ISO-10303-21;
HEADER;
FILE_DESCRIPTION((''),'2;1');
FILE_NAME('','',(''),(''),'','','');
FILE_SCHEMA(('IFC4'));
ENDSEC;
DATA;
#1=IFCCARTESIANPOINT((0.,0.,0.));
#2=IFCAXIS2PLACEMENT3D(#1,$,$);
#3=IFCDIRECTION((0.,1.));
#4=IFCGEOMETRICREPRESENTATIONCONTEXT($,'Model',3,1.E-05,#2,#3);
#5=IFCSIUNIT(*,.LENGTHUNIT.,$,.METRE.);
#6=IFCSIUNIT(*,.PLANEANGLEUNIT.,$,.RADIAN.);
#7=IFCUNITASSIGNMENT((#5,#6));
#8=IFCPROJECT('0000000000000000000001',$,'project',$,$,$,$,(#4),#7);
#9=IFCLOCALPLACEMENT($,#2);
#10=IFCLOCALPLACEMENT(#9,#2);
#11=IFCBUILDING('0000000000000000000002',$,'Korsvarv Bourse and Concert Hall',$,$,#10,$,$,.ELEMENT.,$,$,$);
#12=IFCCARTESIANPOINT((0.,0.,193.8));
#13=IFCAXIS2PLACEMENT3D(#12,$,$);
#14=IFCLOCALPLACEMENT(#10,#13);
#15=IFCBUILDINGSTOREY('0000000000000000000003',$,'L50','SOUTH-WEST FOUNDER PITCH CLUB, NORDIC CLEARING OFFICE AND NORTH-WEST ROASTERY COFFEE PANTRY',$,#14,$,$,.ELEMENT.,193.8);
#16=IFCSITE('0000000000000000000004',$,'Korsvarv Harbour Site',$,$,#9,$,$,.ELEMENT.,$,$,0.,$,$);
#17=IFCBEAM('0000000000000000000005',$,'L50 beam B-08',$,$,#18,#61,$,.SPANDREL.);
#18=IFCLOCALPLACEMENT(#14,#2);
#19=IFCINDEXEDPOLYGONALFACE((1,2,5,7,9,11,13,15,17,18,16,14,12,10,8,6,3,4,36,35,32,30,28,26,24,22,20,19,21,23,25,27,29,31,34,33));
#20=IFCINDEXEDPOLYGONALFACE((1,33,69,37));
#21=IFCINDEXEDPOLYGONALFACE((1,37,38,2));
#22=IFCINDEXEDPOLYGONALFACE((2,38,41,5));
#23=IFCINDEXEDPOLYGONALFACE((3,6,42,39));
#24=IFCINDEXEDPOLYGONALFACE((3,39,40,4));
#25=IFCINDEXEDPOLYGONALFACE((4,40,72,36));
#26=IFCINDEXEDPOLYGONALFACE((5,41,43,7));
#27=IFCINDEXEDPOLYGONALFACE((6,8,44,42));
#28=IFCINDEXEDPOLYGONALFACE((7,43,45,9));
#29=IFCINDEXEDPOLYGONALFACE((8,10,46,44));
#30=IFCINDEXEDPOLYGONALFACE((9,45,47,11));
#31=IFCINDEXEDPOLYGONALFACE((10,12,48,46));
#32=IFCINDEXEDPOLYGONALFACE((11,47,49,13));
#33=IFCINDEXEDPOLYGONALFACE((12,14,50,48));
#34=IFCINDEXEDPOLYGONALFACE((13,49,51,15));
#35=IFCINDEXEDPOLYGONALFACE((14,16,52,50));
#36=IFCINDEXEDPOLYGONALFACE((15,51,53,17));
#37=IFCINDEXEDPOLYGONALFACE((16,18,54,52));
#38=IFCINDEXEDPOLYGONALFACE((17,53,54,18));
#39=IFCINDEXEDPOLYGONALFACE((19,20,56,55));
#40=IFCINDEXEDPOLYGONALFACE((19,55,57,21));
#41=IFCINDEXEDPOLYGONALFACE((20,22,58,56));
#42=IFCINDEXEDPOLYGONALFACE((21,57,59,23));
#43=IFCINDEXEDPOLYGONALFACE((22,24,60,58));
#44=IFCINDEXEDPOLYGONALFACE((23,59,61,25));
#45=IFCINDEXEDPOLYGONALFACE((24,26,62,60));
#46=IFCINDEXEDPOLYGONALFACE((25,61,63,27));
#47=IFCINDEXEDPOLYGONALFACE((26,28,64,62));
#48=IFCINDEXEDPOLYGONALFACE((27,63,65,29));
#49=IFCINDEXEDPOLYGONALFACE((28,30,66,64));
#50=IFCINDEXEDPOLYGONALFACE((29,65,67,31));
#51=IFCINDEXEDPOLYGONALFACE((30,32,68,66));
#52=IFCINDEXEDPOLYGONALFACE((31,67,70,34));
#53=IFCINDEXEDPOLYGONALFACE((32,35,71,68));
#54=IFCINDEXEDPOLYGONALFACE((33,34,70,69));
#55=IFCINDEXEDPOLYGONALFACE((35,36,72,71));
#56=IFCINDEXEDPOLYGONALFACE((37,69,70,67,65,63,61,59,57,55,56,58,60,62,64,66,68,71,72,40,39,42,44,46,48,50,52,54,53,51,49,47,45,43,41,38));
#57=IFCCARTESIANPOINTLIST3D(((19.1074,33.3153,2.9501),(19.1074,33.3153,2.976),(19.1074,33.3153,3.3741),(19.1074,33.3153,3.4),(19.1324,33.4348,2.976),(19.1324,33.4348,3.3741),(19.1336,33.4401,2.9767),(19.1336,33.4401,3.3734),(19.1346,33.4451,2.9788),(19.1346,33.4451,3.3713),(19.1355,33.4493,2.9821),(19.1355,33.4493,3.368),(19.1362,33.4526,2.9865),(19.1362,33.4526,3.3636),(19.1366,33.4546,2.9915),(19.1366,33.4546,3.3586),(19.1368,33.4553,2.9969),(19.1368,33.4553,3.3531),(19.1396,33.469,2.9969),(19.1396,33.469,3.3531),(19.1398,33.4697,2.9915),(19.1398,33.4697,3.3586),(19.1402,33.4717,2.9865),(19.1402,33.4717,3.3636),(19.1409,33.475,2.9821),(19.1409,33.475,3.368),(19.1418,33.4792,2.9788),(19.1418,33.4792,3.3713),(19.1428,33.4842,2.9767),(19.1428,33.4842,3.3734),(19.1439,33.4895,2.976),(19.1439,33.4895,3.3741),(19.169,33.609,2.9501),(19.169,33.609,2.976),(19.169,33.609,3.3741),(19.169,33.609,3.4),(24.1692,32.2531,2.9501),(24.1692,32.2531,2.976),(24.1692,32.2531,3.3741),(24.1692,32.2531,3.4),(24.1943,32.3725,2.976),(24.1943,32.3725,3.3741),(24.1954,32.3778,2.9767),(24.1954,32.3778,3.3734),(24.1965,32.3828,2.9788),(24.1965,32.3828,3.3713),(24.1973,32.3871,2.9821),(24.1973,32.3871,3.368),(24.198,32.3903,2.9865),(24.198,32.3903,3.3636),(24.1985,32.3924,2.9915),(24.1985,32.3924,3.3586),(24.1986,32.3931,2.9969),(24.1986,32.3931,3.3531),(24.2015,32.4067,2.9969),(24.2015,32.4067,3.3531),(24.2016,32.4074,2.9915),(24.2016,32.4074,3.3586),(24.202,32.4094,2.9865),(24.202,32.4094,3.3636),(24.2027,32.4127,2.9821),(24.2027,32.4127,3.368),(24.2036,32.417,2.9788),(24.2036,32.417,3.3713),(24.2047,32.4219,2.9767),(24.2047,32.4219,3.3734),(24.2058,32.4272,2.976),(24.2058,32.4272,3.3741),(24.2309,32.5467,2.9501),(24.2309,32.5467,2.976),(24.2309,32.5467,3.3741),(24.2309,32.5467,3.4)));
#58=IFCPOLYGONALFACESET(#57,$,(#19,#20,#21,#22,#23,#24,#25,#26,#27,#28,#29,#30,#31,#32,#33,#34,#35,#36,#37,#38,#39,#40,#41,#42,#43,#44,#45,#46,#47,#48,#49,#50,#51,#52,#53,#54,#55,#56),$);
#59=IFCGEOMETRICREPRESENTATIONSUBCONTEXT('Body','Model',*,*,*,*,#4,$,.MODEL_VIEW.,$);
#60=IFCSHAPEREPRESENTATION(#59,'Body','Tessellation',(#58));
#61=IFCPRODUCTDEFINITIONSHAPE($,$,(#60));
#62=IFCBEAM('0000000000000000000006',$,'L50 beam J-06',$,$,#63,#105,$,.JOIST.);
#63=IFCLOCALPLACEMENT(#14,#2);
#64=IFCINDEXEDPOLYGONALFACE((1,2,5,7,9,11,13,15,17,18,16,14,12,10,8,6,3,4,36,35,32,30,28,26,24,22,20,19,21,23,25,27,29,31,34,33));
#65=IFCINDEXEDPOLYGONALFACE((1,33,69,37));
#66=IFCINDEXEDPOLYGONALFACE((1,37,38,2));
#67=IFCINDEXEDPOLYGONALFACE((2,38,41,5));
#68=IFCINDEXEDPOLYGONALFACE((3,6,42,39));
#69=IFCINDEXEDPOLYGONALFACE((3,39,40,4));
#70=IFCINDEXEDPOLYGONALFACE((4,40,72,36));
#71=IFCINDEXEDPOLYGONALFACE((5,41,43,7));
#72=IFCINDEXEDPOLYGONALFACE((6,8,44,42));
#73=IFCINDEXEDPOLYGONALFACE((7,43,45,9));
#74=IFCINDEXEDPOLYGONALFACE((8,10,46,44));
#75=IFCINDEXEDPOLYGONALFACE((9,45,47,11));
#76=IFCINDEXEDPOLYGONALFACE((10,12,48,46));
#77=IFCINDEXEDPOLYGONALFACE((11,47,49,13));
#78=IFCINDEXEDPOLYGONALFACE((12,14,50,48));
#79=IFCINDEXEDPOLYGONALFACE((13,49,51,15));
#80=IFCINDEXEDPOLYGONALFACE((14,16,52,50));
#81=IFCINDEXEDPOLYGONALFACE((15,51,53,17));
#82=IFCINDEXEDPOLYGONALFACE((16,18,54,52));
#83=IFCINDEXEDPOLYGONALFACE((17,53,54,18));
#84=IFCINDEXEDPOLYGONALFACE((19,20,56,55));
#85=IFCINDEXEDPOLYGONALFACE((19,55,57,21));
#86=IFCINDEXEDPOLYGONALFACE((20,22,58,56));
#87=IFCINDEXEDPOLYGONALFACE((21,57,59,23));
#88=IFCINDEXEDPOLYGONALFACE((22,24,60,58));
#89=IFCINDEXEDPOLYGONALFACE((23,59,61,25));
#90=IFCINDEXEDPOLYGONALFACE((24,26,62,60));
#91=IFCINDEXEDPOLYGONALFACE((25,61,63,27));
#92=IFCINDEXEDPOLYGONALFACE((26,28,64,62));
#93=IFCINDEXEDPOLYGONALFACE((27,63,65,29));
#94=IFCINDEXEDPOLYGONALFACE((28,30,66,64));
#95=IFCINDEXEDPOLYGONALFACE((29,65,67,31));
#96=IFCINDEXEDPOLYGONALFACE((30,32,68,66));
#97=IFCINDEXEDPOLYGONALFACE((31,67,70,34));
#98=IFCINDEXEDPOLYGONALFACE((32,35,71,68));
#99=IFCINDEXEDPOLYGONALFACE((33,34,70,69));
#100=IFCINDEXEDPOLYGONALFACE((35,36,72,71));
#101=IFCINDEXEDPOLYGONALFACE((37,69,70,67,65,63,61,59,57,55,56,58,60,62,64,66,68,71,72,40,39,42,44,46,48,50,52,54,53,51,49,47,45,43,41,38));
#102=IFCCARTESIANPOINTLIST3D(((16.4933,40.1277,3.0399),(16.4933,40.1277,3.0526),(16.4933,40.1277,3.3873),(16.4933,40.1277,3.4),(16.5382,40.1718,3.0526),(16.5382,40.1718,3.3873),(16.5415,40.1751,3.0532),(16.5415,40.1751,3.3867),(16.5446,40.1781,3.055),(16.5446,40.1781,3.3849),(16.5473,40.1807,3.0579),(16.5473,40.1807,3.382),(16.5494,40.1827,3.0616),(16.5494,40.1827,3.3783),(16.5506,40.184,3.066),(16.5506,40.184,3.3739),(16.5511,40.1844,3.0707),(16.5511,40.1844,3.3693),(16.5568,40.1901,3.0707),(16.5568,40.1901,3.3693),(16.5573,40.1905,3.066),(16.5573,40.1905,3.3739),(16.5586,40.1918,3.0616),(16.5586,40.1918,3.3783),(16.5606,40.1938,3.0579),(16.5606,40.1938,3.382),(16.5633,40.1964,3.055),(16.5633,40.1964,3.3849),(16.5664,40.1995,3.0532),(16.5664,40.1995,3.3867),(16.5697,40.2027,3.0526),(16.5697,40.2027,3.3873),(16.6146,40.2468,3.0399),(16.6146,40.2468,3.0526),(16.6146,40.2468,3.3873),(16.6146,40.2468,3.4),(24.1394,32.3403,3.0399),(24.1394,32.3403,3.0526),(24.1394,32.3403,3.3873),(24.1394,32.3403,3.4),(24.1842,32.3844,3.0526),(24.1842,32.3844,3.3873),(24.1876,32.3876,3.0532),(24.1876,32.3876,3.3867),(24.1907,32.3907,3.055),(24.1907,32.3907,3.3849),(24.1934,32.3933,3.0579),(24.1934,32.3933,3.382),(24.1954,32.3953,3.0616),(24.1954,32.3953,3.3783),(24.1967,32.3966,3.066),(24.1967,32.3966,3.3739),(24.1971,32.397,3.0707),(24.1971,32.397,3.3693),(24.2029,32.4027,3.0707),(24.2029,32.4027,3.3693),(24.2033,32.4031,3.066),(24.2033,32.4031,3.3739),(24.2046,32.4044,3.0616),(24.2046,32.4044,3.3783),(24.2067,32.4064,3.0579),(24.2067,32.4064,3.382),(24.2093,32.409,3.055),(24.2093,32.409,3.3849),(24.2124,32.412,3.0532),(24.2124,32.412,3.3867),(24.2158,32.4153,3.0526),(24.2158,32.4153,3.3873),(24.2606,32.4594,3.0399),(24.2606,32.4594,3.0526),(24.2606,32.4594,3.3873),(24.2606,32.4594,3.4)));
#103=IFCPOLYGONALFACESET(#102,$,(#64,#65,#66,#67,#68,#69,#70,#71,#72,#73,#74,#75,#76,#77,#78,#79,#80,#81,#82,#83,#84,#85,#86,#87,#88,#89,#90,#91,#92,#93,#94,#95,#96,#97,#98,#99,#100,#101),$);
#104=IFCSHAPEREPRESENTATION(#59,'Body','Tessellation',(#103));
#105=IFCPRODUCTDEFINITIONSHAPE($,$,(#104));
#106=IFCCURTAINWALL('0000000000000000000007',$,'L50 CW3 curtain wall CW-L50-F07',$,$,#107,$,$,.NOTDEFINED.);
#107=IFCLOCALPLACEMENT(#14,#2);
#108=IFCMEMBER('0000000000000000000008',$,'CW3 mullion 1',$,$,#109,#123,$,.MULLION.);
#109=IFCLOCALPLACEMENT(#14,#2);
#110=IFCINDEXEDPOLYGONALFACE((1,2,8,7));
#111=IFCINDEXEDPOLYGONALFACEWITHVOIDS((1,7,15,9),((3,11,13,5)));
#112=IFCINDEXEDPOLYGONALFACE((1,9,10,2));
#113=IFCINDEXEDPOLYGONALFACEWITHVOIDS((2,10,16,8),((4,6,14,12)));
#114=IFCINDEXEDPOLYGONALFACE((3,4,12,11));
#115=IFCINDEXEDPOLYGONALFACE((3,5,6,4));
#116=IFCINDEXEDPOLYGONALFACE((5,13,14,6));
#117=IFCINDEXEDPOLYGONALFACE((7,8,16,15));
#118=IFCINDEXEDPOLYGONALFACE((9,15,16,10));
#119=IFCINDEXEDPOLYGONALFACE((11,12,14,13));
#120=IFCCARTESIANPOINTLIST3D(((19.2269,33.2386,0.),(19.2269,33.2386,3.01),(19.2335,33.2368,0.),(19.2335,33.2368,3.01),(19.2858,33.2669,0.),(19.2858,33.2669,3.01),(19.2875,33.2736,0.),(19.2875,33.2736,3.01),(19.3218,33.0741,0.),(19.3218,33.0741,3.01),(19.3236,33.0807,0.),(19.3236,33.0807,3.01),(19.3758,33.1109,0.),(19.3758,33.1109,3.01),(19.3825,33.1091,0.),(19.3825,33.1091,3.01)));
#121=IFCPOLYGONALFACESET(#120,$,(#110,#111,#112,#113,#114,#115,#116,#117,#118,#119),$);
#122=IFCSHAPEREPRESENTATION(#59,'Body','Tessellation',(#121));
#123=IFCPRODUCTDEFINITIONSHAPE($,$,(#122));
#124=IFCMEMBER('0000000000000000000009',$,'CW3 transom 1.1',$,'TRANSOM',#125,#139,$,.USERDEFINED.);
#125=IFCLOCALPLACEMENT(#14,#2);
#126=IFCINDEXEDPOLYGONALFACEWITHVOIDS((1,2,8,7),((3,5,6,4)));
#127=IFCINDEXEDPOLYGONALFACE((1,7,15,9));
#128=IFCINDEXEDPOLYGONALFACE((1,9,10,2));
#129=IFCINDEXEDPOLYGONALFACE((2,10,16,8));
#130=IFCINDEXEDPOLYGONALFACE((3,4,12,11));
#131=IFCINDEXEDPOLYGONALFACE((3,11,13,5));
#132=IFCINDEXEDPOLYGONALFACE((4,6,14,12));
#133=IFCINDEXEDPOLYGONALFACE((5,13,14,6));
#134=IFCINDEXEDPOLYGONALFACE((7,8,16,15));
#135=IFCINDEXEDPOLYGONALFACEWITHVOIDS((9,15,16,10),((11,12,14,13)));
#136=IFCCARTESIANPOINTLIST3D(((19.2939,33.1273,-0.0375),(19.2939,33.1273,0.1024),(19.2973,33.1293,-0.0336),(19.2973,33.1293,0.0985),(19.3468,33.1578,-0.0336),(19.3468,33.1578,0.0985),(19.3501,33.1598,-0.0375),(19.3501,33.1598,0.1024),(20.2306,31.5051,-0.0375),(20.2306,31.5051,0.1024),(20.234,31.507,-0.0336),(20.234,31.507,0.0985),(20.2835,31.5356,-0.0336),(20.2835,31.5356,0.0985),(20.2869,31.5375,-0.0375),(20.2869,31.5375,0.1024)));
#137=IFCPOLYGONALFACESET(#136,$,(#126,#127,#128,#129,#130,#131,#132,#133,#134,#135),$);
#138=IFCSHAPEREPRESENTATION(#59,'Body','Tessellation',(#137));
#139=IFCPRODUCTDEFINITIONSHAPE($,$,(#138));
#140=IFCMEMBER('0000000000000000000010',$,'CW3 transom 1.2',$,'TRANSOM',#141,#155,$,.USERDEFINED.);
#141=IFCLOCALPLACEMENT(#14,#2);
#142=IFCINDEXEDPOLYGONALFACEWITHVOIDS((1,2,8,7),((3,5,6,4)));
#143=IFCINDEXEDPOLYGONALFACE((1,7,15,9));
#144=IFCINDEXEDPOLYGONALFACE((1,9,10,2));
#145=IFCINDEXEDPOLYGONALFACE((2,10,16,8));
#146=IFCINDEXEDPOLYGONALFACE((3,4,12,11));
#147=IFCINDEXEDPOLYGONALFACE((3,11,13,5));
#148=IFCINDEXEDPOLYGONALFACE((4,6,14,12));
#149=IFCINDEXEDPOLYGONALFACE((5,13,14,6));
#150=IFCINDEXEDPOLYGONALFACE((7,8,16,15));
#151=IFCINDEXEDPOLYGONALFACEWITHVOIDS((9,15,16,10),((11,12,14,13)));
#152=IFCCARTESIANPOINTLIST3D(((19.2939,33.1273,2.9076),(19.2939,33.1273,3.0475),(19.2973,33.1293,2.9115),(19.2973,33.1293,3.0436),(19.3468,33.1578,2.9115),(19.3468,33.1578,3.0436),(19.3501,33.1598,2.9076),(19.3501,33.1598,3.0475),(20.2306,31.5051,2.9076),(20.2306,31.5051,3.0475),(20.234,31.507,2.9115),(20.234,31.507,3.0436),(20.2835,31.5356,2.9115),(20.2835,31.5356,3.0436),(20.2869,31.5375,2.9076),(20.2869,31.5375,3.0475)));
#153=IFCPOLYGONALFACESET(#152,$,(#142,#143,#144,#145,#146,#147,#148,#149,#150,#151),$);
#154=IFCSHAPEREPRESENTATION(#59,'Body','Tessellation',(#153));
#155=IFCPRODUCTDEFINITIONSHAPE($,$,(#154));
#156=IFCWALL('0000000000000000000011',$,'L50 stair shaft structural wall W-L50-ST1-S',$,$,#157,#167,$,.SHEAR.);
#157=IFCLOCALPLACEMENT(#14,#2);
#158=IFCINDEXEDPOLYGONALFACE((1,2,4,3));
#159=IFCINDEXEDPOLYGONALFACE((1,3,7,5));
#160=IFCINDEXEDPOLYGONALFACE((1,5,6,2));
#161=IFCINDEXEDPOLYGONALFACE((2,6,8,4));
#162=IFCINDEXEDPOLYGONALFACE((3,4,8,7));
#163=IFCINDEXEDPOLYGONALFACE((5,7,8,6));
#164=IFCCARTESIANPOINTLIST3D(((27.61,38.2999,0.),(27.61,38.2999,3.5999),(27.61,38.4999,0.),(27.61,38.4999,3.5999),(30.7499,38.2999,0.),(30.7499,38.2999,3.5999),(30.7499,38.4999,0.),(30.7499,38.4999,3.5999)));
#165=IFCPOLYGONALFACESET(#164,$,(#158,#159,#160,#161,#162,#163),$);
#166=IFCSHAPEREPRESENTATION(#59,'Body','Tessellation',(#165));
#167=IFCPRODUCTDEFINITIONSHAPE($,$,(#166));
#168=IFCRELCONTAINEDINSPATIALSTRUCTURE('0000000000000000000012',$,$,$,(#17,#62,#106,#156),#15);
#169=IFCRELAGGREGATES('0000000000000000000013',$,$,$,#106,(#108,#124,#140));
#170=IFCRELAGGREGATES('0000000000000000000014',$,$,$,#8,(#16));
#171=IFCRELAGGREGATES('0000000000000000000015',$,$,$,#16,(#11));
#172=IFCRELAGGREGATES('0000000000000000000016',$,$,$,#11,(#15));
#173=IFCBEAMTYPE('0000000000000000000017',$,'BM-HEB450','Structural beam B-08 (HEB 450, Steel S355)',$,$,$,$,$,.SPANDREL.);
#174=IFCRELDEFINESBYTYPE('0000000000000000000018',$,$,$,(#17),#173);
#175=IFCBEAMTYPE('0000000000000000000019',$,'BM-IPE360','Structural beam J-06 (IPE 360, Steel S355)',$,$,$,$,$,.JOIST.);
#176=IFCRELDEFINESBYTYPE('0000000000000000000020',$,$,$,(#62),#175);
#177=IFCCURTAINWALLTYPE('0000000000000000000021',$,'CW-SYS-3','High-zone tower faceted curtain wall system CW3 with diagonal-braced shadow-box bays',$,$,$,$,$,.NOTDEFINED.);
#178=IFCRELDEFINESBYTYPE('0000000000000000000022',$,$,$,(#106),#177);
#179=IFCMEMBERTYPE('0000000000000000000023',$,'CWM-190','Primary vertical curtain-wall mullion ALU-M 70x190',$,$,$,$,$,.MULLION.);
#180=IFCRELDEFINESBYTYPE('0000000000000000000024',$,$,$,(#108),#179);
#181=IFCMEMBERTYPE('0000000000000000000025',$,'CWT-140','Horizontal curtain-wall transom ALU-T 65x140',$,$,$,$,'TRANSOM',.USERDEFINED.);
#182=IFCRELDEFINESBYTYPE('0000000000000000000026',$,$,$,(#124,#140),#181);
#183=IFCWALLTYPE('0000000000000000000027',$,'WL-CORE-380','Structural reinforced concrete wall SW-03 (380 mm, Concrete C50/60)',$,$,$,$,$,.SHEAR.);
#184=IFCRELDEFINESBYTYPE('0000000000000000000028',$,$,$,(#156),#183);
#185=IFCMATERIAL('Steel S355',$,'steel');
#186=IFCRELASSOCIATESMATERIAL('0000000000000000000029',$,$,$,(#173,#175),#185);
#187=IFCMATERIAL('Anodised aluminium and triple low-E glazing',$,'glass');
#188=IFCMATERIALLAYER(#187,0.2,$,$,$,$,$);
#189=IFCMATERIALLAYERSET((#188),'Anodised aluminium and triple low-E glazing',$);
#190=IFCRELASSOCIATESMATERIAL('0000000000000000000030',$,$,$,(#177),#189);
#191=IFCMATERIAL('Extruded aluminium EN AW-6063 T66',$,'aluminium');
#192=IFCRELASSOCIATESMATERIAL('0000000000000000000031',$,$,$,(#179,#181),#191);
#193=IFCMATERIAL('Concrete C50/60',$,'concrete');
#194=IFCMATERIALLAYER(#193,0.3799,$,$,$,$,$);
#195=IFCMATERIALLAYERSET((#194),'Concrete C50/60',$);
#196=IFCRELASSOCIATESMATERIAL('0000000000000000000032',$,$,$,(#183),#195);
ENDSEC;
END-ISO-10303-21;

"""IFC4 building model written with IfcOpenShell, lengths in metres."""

from ifc_helpers import new_model, si_unit, direction, frame, frame_2d, origin, origin_2d, place, context, subcontext, project, spatial, rectangle, hollow_rectangle, i_section, extrude, source, transform, mapped, material, layer, layer_set, material_profile, profile_set, type_object, element, aggregate, save


model = new_model("IFC4")

# Units and contexts
model_context = context("Model", 3, precision=1e-05, world=origin(), true_north=direction((0.0, 1.0)))
body_context = subcontext(model_context, "Body", "Model", "MODEL_VIEW")
ifc_project = project(units=[si_unit("LENGTHUNIT", "METRE"), si_unit("PLANEANGLEUNIT", "RADIAN")], contexts=[model_context])

# Site, building, storey
site_placement = place(None, origin())
site = spatial("IfcSite", under=ifc_project, at=site_placement, Name="Korsvarv Harbour Site", CompositionType="ELEMENT", RefElevation=0.0)
building_placement = place(site_placement, origin())
building = spatial("IfcBuilding", under=site, at=building_placement, Name="Korsvarv Bourse and Concert Hall", CompositionType="ELEMENT")
storey_placement = place(building_placement, frame((0.0, 0.0, 193.8)))
storey = spatial("IfcBuildingStorey", under=building, at=storey_placement, Name="L50", Description="SOUTH-WEST FOUNDER PITCH CLUB, NORDIC CLEARING OFFICE AND NORTH-WEST ROASTERY COFFEE PANTRY", CompositionType="ELEMENT", Elevation=193.8)

# Shared definitions
ifc_material_1 = material(Name="Steel S355", Category="steel")

# Beams
ifc_material_profile_1 = material_profile(ifc_material_1, i_section(OverallWidth=0.3, OverallDepth=0.45, WebThickness=0.0139, FlangeThickness=0.0259, FilletRadius=0.021, at=origin_2d()), Name="HEB 450")
ifc_profile_set_1 = profile_set([ifc_material_profile_1], Name="Steel S355")
beam_type_1 = type_object("IfcBeamType", Name="BM-HEB450", Description="Structural beam B-08 (HEB 450, Steel S355)", PredefinedType="SPANDREL", material=ifc_profile_set_1)
shared_shape_1 = source(origin(), body_context, "Body", "SweptSolid", [
    extrude(i_section(OverallWidth=0.3, OverallDepth=0.45, WebThickness=0.0139, FlangeThickness=0.0259, FilletRadius=0.021, at=origin_2d()), origin(), (0.0, 0.0, 1.0), 5.1721),
])
beam_1_placement = place(storey_placement, frame((19.1382, 33.4622, 3.175), z_axis=(0.978681, -0.205385, 0.0), x_axis=(0.205385, 0.978681, 0.0)))
element("IfcBeam", 1, at=beam_1_placement, inside=storey, type_object=beam_type_1, Name="L50 beam B-08", PredefinedType="SPANDREL", context=body_context, shape_type="MappedRepresentation", body=[
    mapped(shared_shape_1, transform((0.0, 0.0, 0.0), scale=1.0)),
])
ifc_material_profile_2 = material_profile(ifc_material_1, i_section(OverallWidth=0.1699, OverallDepth=0.3601, WebThickness=0.0081, FlangeThickness=0.0127, FilletRadius=0.0181, at=origin_2d()), Name="IPE 360")
ifc_profile_set_2 = profile_set([ifc_material_profile_2], Name="Steel S355")
beam_type_2 = type_object("IfcBeamType", Name="BM-IPE360", Description="Structural beam J-06 (IPE 360, Steel S355)", PredefinedType="JOIST", material=ifc_profile_set_2)
shared_shape_2 = source(origin(), body_context, "Body", "SweptSolid", [
    extrude(i_section(OverallWidth=0.1699, OverallDepth=0.3601, WebThickness=0.0081, FlangeThickness=0.0127, FilletRadius=0.0181, at=origin_2d()), origin(), (0.0, 0.0, 1.0), 10.9136),
])
beam_2_placement = place(storey_placement, frame((16.554, 40.1873, 3.22), z_axis=(0.700601, -0.713553, 0.0), x_axis=(0.713553, 0.700601, 0.0)))
element("IfcBeam", 2, at=beam_2_placement, inside=storey, type_object=beam_type_2, Name="L50 beam J-06", PredefinedType="JOIST", context=body_context, shape_type="MappedRepresentation", body=[
    mapped(shared_shape_2, transform((0.0, 0.0, 0.0), scale=1.0)),
])

# Curtain wall, members
ifc_material_2 = material(Name="Anodised aluminium and triple low-E glazing", Category="glass")
ifc_layer_1 = layer(ifc_material_2, 0.2)
ifc_layer_set_1 = layer_set([ifc_layer_1], Name="Anodised aluminium and triple low-E glazing")
curtain_wall_type = type_object("IfcCurtainWallType", Name="CW-SYS-3", Description="High-zone tower faceted curtain wall system CW3 with diagonal-braced shadow-box bays", PredefinedType="NOTDEFINED", material=ifc_layer_set_1)
curtain_wall_placement = place(storey_placement, origin())
curtain_wall = element("IfcCurtainWall", 3, at=curtain_wall_placement, inside=storey, type_object=curtain_wall_type, Name="L50 CW3 curtain wall CW-L50-F07", PredefinedType="NOTDEFINED")
ifc_material_3 = material(Name="Extruded aluminium EN AW-6063 T66", Category="aluminium")
ifc_material_profile_3 = material_profile(ifc_material_3, hollow_rectangle(XDim=0.0701, YDim=0.1899, WallThickness=0.0049, at=origin_2d()), Name="ALU-M 70x190")
ifc_profile_set_3 = profile_set([ifc_material_profile_3], Name="Extruded aluminium EN AW-6063 T66")
member_type_1 = type_object("IfcMemberType", Name="CWM-190", Description="Primary vertical curtain-wall mullion ALU-M 70x190", PredefinedType="MULLION", material=ifc_profile_set_3)
shared_shape_3 = source(origin(), body_context, "Body", "SweptSolid", [
    extrude(hollow_rectangle(XDim=0.0701, YDim=0.1899, WallThickness=0.0049, at=origin_2d()), origin(), (0.0, 0.0, 1.0), 3.01),
])
member_1_placement = place(storey_placement, frame((19.3047, 33.1738, 0.0), z_axis=(0.0, 0.0, 1.0), x_axis=(0.86603, 0.499993, 0.0)))
member_1 = element("IfcMember", 4, at=member_1_placement, type_object=member_type_1, Name="CW3 mullion 1", PredefinedType="MULLION", context=body_context, shape_type="MappedRepresentation", body=[
    mapped(shared_shape_3, transform((0.0, 0.0, 0.0), scale=1.0)),
])
ifc_material_profile_4 = material_profile(ifc_material_3, hollow_rectangle(XDim=0.0649, YDim=0.1399, WallThickness=0.0039, at=origin_2d()), Name="ALU-T 65x140")
ifc_profile_set_4 = profile_set([ifc_material_profile_4], Name="Extruded aluminium EN AW-6063 T66")
member_type_2 = type_object("IfcMemberType", Name="CWT-140", Description="Horizontal curtain-wall transom ALU-T 65x140", ElementType="TRANSOM", PredefinedType="USERDEFINED", material=ifc_profile_set_4)
shared_shape_4 = source(origin(), body_context, "Body", "SweptSolid", [
    extrude(hollow_rectangle(XDim=0.0649, YDim=0.1399, WallThickness=0.0039, at=origin_2d()), origin(), (0.0, 0.0, 1.0), 1.8733),
])
member_2_placement = place(storey_placement, frame((19.322, 33.1436, 0.0325), z_axis=(0.50005, -0.865997, 0.0), x_axis=(0.865997, 0.50005, 0.0)))
member_2 = element("IfcMember", 5, at=member_2_placement, type_object=member_type_2, Name="CW3 transom 1.1", ObjectType="TRANSOM", PredefinedType="USERDEFINED", context=body_context, shape_type="MappedRepresentation", body=[
    mapped(shared_shape_4, transform((0.0, 0.0, 0.0), scale=1.0)),
])
member_3_placement = place(storey_placement, frame((19.322, 33.1436, 2.9775), z_axis=(0.50005, -0.865997, 0.0), x_axis=(0.865997, 0.50005, 0.0)))
member_3 = element("IfcMember", 6, at=member_3_placement, type_object=member_type_2, Name="CW3 transom 1.2", ObjectType="TRANSOM", PredefinedType="USERDEFINED", context=body_context, shape_type="MappedRepresentation", body=[
    mapped(shared_shape_4, transform((0.0, 0.0, 0.0), scale=1.0)),
])
aggregate(curtain_wall, [member_1, member_2, member_3])

# Wall
ifc_material_4 = material(Name="Concrete C50/60", Category="concrete")
ifc_layer_2 = layer(ifc_material_4, 0.3799)
ifc_layer_set_2 = layer_set([ifc_layer_2], Name="Concrete C50/60")
wall_type_1 = type_object("IfcWallType", Name="WL-CORE-380", Description="Structural reinforced concrete wall SW-03 (380 mm, Concrete C50/60)", PredefinedType="SHEAR", material=ifc_layer_set_2)
wall_1_placement = place(storey_placement, frame((27.6101, 38.3999, 0.0), z_axis=(0.0, 0.0, 1.0), x_axis=(1.0, 0.0, 0.0)))
element("IfcWall", 7, at=wall_1_placement, inside=storey, type_object=wall_type_1, Name="L50 stair shaft structural wall W-L50-ST1-S", PredefinedType="SHEAR", context=body_context, shape_type="SweptSolid", body=[
    extrude(rectangle(XDim=3.1399, YDim=0.2, at=frame_2d((1.5698, 0.0))), origin(), (0.0, 0.0, 1.0), 3.5999),
])

save(model, "model.ifc")
